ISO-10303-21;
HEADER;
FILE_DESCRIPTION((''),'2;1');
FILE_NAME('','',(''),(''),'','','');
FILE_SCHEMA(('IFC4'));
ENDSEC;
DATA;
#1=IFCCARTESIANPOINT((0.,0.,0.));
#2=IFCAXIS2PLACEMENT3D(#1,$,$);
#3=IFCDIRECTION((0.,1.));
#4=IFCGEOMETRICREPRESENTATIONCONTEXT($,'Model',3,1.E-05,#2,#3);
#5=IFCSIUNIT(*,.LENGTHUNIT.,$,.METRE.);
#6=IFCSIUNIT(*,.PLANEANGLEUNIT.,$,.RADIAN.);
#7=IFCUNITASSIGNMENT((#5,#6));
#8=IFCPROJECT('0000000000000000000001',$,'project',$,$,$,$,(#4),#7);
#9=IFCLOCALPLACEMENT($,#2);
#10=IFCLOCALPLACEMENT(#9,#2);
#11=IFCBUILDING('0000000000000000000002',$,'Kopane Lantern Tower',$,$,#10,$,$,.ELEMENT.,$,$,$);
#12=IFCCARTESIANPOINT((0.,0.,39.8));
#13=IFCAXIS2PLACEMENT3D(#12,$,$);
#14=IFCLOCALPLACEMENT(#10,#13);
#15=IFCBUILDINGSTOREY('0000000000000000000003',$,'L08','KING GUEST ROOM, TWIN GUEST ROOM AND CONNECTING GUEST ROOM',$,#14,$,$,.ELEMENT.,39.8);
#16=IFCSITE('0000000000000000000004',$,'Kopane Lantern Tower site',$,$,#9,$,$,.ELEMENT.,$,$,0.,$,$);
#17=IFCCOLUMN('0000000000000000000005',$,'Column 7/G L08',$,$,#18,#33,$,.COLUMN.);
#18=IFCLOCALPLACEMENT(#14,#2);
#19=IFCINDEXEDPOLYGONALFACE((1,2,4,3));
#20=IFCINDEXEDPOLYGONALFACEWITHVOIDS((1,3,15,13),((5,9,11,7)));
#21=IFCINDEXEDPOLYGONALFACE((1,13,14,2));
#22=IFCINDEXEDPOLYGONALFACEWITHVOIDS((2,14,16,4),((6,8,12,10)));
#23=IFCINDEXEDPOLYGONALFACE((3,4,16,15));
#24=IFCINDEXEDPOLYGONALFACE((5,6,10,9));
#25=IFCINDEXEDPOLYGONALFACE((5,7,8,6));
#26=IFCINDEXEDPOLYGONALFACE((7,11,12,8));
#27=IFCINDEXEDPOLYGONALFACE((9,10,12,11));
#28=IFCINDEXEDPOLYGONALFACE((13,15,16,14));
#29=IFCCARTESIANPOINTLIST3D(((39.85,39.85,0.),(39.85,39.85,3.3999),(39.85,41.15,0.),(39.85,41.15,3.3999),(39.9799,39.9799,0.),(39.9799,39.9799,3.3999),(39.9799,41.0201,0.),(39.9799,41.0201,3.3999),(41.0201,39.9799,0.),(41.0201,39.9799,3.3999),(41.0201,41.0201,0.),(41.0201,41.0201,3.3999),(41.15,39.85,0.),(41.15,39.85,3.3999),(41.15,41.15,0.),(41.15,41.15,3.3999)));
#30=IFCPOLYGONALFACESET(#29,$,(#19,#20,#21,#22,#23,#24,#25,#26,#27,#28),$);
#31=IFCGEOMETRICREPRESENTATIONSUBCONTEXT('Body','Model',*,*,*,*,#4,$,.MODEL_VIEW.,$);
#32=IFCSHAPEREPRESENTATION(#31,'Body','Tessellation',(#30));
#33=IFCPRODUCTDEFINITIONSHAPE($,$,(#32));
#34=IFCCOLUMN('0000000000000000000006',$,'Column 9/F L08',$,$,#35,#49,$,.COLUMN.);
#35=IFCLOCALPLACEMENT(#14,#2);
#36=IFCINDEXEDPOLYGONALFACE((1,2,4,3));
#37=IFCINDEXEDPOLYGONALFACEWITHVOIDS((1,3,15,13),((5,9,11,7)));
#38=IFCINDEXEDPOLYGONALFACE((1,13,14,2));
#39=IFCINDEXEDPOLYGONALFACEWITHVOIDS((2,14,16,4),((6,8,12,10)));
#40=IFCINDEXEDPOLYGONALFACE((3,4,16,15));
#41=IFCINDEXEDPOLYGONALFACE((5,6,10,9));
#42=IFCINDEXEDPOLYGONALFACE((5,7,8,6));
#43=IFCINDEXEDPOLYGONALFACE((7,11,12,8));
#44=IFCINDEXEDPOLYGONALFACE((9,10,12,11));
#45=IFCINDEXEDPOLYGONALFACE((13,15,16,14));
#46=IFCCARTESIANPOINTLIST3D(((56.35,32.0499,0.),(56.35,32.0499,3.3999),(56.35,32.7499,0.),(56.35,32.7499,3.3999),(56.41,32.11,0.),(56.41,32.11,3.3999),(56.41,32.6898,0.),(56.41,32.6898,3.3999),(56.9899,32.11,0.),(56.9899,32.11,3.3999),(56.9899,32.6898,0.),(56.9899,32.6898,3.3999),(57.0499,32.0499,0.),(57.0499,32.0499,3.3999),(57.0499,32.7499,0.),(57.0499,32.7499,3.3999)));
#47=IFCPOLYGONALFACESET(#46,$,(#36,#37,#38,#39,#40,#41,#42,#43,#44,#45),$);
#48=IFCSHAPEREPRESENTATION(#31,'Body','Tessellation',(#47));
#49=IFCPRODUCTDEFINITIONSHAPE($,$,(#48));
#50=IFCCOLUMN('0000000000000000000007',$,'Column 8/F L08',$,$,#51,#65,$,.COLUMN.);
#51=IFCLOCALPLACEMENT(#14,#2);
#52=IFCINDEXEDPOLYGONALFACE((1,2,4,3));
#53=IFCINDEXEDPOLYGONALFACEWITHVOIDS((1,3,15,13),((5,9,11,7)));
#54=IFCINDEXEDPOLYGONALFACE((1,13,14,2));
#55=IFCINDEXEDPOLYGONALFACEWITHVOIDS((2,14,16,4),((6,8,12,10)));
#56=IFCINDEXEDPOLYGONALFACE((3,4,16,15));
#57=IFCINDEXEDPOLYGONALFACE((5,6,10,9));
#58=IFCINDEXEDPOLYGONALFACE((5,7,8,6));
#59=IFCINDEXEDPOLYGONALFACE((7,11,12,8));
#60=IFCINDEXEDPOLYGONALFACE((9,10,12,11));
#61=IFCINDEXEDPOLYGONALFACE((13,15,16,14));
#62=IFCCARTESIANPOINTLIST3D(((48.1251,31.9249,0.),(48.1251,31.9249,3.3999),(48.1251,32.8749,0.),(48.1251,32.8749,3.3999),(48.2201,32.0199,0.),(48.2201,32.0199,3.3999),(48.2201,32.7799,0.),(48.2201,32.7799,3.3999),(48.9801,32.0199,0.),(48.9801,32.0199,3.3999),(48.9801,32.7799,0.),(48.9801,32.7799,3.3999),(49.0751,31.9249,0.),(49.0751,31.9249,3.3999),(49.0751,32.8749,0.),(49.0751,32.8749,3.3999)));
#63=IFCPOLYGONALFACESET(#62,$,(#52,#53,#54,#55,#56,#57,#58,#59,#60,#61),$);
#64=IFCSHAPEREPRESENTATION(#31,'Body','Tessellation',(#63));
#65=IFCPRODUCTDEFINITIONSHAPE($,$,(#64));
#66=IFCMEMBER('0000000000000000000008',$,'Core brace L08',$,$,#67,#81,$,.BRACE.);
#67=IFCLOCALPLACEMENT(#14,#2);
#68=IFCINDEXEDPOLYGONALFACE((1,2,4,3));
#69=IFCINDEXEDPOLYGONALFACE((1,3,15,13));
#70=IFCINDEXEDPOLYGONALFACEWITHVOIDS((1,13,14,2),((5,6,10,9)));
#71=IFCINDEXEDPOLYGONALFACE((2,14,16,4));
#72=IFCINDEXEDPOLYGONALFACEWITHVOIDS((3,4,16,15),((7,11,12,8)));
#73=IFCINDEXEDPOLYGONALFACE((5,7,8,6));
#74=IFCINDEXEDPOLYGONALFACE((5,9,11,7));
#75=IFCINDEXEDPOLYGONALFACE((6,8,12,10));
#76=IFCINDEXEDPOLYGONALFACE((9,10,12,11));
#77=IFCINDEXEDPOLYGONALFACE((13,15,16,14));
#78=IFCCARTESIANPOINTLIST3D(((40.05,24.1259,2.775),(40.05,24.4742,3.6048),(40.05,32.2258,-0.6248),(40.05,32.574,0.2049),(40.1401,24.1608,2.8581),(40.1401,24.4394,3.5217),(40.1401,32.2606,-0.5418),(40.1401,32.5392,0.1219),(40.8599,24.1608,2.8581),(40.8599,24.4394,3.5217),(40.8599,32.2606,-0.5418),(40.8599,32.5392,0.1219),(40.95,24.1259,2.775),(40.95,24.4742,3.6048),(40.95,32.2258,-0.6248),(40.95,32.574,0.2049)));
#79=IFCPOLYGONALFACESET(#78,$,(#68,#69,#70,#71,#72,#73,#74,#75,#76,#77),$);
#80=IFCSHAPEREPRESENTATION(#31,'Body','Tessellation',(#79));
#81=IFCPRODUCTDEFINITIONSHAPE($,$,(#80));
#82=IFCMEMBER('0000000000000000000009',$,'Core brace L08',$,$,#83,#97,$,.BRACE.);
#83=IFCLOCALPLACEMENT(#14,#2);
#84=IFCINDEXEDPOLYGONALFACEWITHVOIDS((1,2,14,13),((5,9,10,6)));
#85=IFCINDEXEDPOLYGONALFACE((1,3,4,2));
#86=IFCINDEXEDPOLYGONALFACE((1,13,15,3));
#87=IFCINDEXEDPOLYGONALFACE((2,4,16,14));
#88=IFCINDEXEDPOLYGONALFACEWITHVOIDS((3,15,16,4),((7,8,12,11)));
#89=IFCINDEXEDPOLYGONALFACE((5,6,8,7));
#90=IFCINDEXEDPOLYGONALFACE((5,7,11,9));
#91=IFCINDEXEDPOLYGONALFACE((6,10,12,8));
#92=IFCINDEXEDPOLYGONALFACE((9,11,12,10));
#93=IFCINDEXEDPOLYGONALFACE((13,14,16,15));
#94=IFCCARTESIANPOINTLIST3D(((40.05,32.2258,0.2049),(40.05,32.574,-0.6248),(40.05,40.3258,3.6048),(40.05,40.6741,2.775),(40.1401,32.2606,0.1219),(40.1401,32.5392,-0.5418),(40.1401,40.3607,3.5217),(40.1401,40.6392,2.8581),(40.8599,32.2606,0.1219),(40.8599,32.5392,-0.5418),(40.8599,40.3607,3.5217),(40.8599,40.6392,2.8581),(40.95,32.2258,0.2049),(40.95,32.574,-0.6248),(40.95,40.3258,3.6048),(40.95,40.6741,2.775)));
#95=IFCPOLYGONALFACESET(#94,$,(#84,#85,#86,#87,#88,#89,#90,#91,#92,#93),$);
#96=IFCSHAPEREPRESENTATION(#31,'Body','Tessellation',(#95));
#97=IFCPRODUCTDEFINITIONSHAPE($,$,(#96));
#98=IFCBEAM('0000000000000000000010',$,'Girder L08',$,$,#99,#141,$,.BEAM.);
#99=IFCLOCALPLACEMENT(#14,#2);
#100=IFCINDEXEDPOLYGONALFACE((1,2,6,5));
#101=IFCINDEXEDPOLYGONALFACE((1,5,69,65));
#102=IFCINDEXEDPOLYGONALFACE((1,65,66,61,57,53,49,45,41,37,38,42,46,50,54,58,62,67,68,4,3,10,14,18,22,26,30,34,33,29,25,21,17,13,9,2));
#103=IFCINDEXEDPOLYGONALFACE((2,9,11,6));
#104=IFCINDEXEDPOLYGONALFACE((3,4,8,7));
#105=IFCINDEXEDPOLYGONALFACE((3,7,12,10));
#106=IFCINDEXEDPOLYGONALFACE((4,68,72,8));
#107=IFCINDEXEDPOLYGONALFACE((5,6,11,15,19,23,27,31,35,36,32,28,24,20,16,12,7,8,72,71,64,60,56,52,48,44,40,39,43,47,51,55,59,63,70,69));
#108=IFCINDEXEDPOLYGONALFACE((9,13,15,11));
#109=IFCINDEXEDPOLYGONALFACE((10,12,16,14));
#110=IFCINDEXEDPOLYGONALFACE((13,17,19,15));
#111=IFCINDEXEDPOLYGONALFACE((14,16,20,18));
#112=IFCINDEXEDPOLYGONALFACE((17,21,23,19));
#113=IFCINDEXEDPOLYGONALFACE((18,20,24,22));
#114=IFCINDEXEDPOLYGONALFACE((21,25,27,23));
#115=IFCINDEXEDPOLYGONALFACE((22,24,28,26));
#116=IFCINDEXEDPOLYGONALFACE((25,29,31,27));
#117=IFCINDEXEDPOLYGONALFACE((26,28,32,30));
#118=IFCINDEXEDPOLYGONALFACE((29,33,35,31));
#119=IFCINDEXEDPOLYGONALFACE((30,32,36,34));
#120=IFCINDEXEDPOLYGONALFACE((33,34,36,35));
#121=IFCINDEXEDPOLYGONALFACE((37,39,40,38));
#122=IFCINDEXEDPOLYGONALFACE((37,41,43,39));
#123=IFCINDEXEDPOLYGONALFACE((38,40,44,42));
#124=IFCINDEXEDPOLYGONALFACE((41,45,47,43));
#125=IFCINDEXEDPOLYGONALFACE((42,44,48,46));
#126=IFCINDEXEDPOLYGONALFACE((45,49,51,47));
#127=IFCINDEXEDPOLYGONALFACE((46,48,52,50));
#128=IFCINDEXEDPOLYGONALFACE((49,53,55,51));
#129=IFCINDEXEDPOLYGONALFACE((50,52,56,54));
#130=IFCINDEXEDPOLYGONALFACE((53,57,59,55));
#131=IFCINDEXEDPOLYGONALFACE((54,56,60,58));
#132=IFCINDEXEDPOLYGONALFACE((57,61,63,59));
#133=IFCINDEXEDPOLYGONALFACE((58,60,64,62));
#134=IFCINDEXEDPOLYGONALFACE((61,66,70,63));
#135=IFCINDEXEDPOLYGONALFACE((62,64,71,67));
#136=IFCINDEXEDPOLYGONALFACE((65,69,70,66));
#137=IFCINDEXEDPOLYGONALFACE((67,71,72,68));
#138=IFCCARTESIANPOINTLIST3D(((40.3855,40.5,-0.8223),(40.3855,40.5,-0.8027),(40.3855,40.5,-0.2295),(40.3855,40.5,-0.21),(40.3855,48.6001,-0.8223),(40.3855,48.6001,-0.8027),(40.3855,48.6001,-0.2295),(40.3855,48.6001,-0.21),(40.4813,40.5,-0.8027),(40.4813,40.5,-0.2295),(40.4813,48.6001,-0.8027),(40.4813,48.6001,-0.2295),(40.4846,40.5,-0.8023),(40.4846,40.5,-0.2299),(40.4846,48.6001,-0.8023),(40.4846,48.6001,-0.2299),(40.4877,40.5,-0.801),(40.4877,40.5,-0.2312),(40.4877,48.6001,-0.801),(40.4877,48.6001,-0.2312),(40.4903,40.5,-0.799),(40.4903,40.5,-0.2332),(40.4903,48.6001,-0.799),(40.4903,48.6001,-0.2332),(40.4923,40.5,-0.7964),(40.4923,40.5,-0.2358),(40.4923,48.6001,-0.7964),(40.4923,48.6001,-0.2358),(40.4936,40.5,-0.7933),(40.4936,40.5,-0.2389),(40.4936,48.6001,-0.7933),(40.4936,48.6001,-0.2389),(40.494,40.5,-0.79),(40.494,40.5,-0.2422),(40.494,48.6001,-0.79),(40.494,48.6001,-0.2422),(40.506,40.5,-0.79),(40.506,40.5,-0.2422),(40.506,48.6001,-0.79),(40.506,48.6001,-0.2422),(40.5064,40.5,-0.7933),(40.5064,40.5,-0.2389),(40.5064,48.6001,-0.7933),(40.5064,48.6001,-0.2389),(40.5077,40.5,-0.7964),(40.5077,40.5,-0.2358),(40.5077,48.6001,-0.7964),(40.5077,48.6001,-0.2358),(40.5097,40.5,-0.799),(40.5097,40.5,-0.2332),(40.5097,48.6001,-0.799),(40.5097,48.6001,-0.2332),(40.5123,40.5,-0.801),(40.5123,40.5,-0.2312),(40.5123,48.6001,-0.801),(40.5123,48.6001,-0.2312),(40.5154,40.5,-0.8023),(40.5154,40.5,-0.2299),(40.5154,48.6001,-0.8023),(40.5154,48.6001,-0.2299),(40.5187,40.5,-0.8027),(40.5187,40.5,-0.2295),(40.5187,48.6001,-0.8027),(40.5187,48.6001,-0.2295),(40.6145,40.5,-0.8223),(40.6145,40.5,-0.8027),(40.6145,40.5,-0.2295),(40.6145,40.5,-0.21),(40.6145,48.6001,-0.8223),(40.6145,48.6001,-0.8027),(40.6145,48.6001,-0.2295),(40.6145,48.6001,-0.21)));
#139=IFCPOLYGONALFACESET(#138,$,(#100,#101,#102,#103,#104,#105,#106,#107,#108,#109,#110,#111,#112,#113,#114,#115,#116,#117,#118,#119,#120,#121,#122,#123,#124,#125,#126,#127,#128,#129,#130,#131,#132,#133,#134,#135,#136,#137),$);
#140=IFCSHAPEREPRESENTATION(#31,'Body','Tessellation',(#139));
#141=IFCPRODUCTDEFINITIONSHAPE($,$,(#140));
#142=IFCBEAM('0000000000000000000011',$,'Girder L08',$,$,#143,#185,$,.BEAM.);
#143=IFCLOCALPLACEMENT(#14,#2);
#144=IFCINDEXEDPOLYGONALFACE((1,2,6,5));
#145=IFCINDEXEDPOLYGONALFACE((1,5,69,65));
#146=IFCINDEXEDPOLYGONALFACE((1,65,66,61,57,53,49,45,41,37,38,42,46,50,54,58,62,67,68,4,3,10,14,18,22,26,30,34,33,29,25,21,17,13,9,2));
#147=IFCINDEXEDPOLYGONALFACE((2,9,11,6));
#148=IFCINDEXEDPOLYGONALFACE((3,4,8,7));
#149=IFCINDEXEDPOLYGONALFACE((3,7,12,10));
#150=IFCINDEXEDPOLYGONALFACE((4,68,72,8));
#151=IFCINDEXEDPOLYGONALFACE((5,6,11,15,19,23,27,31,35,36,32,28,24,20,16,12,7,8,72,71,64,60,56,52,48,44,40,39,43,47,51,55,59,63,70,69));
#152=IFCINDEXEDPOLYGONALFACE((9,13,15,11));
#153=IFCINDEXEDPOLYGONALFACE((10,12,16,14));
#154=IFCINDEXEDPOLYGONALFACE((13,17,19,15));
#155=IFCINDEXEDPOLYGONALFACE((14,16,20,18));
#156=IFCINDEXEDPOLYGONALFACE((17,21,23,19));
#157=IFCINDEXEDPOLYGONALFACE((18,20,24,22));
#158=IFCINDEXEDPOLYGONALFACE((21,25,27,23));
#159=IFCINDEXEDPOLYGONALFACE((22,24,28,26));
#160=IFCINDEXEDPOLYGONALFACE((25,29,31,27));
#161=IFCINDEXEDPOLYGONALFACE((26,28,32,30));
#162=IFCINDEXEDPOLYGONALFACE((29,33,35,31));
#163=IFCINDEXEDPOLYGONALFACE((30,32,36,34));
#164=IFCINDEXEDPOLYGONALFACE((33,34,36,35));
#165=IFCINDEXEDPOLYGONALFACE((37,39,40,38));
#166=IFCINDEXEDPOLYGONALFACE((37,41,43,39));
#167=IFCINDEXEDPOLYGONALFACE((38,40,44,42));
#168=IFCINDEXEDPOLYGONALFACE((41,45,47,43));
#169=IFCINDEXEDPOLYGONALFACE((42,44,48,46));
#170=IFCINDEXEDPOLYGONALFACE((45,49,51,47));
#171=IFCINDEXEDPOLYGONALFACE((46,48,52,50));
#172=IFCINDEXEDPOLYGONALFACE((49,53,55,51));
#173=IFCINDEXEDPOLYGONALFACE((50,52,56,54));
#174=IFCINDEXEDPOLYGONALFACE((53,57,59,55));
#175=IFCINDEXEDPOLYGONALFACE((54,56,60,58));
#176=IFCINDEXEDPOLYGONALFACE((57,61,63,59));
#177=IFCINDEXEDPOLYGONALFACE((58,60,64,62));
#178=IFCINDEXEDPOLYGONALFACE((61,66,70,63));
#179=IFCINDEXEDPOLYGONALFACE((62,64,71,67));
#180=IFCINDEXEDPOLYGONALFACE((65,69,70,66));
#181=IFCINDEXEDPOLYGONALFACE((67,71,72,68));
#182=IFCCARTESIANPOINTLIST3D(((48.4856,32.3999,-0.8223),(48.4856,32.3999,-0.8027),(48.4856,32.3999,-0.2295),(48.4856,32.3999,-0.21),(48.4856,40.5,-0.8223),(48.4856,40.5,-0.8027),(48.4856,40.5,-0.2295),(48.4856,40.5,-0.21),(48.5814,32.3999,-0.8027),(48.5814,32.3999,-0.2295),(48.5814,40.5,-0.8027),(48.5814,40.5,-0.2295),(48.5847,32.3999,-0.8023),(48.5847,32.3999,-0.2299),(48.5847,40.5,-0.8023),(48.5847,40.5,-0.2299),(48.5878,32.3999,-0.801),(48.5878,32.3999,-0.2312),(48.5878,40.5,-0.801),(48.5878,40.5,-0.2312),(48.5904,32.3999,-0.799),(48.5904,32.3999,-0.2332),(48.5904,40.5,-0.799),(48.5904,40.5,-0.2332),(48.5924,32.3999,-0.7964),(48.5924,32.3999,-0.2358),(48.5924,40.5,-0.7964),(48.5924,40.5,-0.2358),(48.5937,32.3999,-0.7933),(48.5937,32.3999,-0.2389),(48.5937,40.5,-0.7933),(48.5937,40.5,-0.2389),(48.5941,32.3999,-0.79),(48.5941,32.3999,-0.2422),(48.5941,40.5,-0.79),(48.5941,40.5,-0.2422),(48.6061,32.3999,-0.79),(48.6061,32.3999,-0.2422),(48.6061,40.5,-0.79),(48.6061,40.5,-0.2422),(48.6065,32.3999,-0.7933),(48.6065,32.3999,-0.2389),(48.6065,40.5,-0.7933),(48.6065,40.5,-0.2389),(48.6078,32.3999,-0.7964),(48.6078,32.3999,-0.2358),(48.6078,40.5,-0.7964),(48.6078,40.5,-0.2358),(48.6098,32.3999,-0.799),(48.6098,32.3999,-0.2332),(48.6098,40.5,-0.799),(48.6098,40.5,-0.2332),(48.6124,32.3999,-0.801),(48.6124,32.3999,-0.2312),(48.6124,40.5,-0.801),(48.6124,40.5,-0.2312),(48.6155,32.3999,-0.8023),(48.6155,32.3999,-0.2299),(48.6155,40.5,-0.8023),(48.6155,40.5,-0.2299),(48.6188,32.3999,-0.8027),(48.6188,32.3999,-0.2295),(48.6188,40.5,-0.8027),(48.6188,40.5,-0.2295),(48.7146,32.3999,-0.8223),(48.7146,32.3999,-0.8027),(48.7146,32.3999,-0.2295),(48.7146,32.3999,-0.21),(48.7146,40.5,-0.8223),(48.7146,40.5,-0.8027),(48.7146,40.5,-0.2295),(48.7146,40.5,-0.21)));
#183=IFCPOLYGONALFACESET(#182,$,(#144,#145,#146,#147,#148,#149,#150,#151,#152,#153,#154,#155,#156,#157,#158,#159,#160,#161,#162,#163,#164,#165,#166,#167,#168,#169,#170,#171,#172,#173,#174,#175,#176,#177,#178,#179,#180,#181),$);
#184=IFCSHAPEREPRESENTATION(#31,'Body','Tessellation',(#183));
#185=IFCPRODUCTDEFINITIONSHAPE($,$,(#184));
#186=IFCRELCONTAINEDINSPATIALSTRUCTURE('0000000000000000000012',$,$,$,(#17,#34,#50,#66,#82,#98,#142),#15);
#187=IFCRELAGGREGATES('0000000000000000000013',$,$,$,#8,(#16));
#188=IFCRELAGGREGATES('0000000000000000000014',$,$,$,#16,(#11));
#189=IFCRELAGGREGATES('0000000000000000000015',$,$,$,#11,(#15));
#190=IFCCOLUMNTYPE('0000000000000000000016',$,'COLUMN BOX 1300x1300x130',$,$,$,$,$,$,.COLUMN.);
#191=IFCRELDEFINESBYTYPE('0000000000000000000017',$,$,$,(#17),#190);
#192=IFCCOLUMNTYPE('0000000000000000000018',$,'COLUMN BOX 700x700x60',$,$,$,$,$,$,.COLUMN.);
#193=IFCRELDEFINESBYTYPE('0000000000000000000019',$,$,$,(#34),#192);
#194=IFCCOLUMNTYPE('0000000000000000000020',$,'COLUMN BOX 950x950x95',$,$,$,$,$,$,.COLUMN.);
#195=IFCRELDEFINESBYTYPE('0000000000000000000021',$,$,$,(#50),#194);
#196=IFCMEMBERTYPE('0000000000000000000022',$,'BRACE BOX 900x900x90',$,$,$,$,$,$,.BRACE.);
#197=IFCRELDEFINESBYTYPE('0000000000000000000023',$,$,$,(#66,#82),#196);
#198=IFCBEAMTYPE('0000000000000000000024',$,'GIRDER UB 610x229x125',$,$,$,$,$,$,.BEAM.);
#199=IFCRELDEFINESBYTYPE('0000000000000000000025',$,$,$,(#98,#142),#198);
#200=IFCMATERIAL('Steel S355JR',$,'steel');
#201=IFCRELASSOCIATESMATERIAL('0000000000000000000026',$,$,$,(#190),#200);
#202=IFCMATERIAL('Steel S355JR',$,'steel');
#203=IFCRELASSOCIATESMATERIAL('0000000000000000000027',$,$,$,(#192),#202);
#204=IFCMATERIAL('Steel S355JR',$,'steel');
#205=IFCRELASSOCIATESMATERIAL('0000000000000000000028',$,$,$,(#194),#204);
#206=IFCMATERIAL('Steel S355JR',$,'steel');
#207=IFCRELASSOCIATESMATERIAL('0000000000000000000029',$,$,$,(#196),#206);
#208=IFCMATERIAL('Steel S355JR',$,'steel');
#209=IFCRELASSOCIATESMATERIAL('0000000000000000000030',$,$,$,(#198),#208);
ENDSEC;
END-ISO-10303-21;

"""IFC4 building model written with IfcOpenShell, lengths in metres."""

from ifc_helpers import new_model, si_unit, direction, frame, origin, origin_2d, place, context, subcontext, project, spatial, hollow_rectangle, i_section, extrude, material, material_profile, profile_set, type_object, element, save


model = new_model("IFC4")

# Units and contexts
model_context = context("Model", 3, precision=1e-05, world=origin(), true_north=direction((0.0, 1.0)))
body_context = subcontext(model_context, "Body", "Model", "MODEL_VIEW")
ifc_project = project(units=[si_unit("LENGTHUNIT", "METRE"), si_unit("PLANEANGLEUNIT", "RADIAN")], contexts=[model_context])

# Site, building, storey
site_placement = place(None, origin())
site = spatial("IfcSite", under=ifc_project, at=site_placement, Name="Kopane Lantern Tower site", CompositionType="ELEMENT", RefElevation=0.0)
building_placement = place(site_placement, origin())
building = spatial("IfcBuilding", under=site, at=building_placement, Name="Kopane Lantern Tower", CompositionType="ELEMENT")
storey_placement = place(building_placement, frame((0.0, 0.0, 39.8)))
storey = spatial("IfcBuildingStorey", under=building, at=storey_placement, Name="L08", Description="KING GUEST ROOM, TWIN GUEST ROOM AND CONNECTING GUEST ROOM", CompositionType="ELEMENT", Elevation=39.8)

# Columns
ifc_material_1 = material(Name="Steel S355JR", Category="steel")
ifc_material_profile_1 = material_profile(ifc_material_1, hollow_rectangle(XDim=1.3, YDim=1.3, WallThickness=0.1299, at=origin_2d()), Name="BOX 1300x1300x130")
ifc_profile_set_1 = profile_set([ifc_material_profile_1], Name="Steel S355JR")
column_type_1 = type_object("IfcColumnType", Name="COLUMN BOX 1300x1300x130", PredefinedType="COLUMN", material=ifc_profile_set_1)
column_1_placement = place(storey_placement, frame((40.5, 40.5, 0.0), z_axis=(0.0, 0.0, 1.0), x_axis=(1.0, 0.0, 0.0)))
element("IfcColumn", 1, at=column_1_placement, inside=storey, type_object=column_type_1, Name="Column 7/G L08", PredefinedType="COLUMN", context=body_context, shape_type="SweptSolid", body=[
    extrude(hollow_rectangle(XDim=1.3, YDim=1.3, WallThickness=0.1299, at=origin_2d()), origin(), (0.0, 0.0, 1.0), 3.3999),
])
ifc_material_2 = material(Name="Steel S355JR", Category="steel")
ifc_material_profile_2 = material_profile(ifc_material_2, hollow_rectangle(XDim=0.7, YDim=0.7, WallThickness=0.0601, at=origin_2d()), Name="BOX 700x700x60")
ifc_profile_set_2 = profile_set([ifc_material_profile_2], Name="Steel S355JR")
column_type_2 = type_object("IfcColumnType", Name="COLUMN BOX 700x700x60", PredefinedType="COLUMN", material=ifc_profile_set_2)
column_2_placement = place(storey_placement, frame((56.7, 32.3999, 0.0), z_axis=(0.0, 0.0, 1.0), x_axis=(1.0, 0.0, 0.0)))
element("IfcColumn", 2, at=column_2_placement, inside=storey, type_object=column_type_2, Name="Column 9/F L08", PredefinedType="COLUMN", context=body_context, shape_type="SweptSolid", body=[
    extrude(hollow_rectangle(XDim=0.7, YDim=0.7, WallThickness=0.0601, at=origin_2d()), origin(), (0.0, 0.0, 1.0), 3.3999),
])
ifc_material_3 = material(Name="Steel S355JR", Category="steel")
ifc_material_profile_3 = material_profile(ifc_material_3, hollow_rectangle(XDim=0.95, YDim=0.95, WallThickness=0.095, at=origin_2d()), Name="BOX 950x950x95")
ifc_profile_set_3 = profile_set([ifc_material_profile_3], Name="Steel S355JR")
column_type_3 = type_object("IfcColumnType", Name="COLUMN BOX 950x950x95", PredefinedType="COLUMN", material=ifc_profile_set_3)
column_3_placement = place(storey_placement, frame((48.6001, 32.3999, 0.0), z_axis=(0.0, 0.0, 1.0), x_axis=(1.0, 0.0, 0.0)))
element("IfcColumn", 3, at=column_3_placement, inside=storey, type_object=column_type_3, Name="Column 8/F L08", PredefinedType="COLUMN", context=body_context, shape_type="SweptSolid", body=[
    extrude(hollow_rectangle(XDim=0.95, YDim=0.95, WallThickness=0.095, at=origin_2d()), origin(), (0.0, 0.0, 1.0), 3.3999),
])

# Members
ifc_material_4 = material(Name="Steel S355JR", Category="steel")
ifc_material_profile_4 = material_profile(ifc_material_4, hollow_rectangle(XDim=0.8999, YDim=0.8999, WallThickness=0.0901, at=origin_2d()), Name="BOX 900x900x90")
ifc_profile_set_4 = profile_set([ifc_material_profile_4], Name="Steel S355JR")
member_type = type_object("IfcMemberType", Name="BRACE BOX 900x900x90", PredefinedType="BRACE", material=ifc_profile_set_4)
member_1_placement = place(storey_placement, frame((40.5, 32.3999, -0.21), z_axis=(0.0, -0.922065, 0.387035), x_axis=(1.0, 0.0, 0.0)))
element("IfcMember", 4, at=member_1_placement, inside=storey, type_object=member_type, Name="Core brace L08", PredefinedType="BRACE", context=body_context, shape_type="SweptSolid", body=[
    extrude(hollow_rectangle(XDim=0.8999, YDim=0.8999, WallThickness=0.0901, at=origin_2d()), origin(), (0.0, 0.0, 1.0), 8.7844),
])
member_2_placement = place(storey_placement, frame((40.5, 32.3999, -0.21), z_axis=(0.0, 0.922069, 0.387026), x_axis=(-1.0, 0.0, 0.0)))
element("IfcMember", 5, at=member_2_placement, inside=storey, type_object=member_type, Name="Core brace L08", PredefinedType="BRACE", context=body_context, shape_type="SweptSolid", body=[
    extrude(hollow_rectangle(XDim=0.8999, YDim=0.8999, WallThickness=0.0901, at=origin_2d()), origin(), (0.0, 0.0, 1.0), 8.7847),
])

# Beams
ifc_material_5 = material(Name="Steel S355JR", Category="steel")
ifc_material_profile_5 = material_profile(ifc_material_5, i_section(OverallWidth=0.229, OverallDepth=0.6123, WebThickness=0.012, FlangeThickness=0.0195, FilletRadius=0.0127, at=origin_2d()), Name="UB 610x229x125")
ifc_profile_set_5 = profile_set([ifc_material_profile_5], Name="Steel S355JR")
beam_type = type_object("IfcBeamType", Name="GIRDER UB 610x229x125", PredefinedType="BEAM", material=ifc_profile_set_5)
for number, where, z_axis, x_axis, name in (
    (6, (40.5, 40.5, -0.5161), (0.0, 1.0, 0.0), (-1.0, 0.0, 0.0), "Girder L08"),
    (7, (48.6001, 32.3999, -0.5161), (0.0, 1.0, 0.0), (-1.0, 0.0, 0.0), "Girder L08"),
):
    element("IfcBeam", number, at=place(storey_placement, frame(where, z_axis=z_axis, x_axis=x_axis)), inside=storey, type_object=beam_type, Name=name, PredefinedType="BEAM", context=body_context, shape_type="SweptSolid", body=[
        extrude(i_section(OverallWidth=0.229, OverallDepth=0.6123, WebThickness=0.012, FlangeThickness=0.0195, FilletRadius=0.0127, at=origin_2d()), origin(), (0.0, 0.0, 1.0), 8.1001),
    ])

save(model, "model.ifc")
